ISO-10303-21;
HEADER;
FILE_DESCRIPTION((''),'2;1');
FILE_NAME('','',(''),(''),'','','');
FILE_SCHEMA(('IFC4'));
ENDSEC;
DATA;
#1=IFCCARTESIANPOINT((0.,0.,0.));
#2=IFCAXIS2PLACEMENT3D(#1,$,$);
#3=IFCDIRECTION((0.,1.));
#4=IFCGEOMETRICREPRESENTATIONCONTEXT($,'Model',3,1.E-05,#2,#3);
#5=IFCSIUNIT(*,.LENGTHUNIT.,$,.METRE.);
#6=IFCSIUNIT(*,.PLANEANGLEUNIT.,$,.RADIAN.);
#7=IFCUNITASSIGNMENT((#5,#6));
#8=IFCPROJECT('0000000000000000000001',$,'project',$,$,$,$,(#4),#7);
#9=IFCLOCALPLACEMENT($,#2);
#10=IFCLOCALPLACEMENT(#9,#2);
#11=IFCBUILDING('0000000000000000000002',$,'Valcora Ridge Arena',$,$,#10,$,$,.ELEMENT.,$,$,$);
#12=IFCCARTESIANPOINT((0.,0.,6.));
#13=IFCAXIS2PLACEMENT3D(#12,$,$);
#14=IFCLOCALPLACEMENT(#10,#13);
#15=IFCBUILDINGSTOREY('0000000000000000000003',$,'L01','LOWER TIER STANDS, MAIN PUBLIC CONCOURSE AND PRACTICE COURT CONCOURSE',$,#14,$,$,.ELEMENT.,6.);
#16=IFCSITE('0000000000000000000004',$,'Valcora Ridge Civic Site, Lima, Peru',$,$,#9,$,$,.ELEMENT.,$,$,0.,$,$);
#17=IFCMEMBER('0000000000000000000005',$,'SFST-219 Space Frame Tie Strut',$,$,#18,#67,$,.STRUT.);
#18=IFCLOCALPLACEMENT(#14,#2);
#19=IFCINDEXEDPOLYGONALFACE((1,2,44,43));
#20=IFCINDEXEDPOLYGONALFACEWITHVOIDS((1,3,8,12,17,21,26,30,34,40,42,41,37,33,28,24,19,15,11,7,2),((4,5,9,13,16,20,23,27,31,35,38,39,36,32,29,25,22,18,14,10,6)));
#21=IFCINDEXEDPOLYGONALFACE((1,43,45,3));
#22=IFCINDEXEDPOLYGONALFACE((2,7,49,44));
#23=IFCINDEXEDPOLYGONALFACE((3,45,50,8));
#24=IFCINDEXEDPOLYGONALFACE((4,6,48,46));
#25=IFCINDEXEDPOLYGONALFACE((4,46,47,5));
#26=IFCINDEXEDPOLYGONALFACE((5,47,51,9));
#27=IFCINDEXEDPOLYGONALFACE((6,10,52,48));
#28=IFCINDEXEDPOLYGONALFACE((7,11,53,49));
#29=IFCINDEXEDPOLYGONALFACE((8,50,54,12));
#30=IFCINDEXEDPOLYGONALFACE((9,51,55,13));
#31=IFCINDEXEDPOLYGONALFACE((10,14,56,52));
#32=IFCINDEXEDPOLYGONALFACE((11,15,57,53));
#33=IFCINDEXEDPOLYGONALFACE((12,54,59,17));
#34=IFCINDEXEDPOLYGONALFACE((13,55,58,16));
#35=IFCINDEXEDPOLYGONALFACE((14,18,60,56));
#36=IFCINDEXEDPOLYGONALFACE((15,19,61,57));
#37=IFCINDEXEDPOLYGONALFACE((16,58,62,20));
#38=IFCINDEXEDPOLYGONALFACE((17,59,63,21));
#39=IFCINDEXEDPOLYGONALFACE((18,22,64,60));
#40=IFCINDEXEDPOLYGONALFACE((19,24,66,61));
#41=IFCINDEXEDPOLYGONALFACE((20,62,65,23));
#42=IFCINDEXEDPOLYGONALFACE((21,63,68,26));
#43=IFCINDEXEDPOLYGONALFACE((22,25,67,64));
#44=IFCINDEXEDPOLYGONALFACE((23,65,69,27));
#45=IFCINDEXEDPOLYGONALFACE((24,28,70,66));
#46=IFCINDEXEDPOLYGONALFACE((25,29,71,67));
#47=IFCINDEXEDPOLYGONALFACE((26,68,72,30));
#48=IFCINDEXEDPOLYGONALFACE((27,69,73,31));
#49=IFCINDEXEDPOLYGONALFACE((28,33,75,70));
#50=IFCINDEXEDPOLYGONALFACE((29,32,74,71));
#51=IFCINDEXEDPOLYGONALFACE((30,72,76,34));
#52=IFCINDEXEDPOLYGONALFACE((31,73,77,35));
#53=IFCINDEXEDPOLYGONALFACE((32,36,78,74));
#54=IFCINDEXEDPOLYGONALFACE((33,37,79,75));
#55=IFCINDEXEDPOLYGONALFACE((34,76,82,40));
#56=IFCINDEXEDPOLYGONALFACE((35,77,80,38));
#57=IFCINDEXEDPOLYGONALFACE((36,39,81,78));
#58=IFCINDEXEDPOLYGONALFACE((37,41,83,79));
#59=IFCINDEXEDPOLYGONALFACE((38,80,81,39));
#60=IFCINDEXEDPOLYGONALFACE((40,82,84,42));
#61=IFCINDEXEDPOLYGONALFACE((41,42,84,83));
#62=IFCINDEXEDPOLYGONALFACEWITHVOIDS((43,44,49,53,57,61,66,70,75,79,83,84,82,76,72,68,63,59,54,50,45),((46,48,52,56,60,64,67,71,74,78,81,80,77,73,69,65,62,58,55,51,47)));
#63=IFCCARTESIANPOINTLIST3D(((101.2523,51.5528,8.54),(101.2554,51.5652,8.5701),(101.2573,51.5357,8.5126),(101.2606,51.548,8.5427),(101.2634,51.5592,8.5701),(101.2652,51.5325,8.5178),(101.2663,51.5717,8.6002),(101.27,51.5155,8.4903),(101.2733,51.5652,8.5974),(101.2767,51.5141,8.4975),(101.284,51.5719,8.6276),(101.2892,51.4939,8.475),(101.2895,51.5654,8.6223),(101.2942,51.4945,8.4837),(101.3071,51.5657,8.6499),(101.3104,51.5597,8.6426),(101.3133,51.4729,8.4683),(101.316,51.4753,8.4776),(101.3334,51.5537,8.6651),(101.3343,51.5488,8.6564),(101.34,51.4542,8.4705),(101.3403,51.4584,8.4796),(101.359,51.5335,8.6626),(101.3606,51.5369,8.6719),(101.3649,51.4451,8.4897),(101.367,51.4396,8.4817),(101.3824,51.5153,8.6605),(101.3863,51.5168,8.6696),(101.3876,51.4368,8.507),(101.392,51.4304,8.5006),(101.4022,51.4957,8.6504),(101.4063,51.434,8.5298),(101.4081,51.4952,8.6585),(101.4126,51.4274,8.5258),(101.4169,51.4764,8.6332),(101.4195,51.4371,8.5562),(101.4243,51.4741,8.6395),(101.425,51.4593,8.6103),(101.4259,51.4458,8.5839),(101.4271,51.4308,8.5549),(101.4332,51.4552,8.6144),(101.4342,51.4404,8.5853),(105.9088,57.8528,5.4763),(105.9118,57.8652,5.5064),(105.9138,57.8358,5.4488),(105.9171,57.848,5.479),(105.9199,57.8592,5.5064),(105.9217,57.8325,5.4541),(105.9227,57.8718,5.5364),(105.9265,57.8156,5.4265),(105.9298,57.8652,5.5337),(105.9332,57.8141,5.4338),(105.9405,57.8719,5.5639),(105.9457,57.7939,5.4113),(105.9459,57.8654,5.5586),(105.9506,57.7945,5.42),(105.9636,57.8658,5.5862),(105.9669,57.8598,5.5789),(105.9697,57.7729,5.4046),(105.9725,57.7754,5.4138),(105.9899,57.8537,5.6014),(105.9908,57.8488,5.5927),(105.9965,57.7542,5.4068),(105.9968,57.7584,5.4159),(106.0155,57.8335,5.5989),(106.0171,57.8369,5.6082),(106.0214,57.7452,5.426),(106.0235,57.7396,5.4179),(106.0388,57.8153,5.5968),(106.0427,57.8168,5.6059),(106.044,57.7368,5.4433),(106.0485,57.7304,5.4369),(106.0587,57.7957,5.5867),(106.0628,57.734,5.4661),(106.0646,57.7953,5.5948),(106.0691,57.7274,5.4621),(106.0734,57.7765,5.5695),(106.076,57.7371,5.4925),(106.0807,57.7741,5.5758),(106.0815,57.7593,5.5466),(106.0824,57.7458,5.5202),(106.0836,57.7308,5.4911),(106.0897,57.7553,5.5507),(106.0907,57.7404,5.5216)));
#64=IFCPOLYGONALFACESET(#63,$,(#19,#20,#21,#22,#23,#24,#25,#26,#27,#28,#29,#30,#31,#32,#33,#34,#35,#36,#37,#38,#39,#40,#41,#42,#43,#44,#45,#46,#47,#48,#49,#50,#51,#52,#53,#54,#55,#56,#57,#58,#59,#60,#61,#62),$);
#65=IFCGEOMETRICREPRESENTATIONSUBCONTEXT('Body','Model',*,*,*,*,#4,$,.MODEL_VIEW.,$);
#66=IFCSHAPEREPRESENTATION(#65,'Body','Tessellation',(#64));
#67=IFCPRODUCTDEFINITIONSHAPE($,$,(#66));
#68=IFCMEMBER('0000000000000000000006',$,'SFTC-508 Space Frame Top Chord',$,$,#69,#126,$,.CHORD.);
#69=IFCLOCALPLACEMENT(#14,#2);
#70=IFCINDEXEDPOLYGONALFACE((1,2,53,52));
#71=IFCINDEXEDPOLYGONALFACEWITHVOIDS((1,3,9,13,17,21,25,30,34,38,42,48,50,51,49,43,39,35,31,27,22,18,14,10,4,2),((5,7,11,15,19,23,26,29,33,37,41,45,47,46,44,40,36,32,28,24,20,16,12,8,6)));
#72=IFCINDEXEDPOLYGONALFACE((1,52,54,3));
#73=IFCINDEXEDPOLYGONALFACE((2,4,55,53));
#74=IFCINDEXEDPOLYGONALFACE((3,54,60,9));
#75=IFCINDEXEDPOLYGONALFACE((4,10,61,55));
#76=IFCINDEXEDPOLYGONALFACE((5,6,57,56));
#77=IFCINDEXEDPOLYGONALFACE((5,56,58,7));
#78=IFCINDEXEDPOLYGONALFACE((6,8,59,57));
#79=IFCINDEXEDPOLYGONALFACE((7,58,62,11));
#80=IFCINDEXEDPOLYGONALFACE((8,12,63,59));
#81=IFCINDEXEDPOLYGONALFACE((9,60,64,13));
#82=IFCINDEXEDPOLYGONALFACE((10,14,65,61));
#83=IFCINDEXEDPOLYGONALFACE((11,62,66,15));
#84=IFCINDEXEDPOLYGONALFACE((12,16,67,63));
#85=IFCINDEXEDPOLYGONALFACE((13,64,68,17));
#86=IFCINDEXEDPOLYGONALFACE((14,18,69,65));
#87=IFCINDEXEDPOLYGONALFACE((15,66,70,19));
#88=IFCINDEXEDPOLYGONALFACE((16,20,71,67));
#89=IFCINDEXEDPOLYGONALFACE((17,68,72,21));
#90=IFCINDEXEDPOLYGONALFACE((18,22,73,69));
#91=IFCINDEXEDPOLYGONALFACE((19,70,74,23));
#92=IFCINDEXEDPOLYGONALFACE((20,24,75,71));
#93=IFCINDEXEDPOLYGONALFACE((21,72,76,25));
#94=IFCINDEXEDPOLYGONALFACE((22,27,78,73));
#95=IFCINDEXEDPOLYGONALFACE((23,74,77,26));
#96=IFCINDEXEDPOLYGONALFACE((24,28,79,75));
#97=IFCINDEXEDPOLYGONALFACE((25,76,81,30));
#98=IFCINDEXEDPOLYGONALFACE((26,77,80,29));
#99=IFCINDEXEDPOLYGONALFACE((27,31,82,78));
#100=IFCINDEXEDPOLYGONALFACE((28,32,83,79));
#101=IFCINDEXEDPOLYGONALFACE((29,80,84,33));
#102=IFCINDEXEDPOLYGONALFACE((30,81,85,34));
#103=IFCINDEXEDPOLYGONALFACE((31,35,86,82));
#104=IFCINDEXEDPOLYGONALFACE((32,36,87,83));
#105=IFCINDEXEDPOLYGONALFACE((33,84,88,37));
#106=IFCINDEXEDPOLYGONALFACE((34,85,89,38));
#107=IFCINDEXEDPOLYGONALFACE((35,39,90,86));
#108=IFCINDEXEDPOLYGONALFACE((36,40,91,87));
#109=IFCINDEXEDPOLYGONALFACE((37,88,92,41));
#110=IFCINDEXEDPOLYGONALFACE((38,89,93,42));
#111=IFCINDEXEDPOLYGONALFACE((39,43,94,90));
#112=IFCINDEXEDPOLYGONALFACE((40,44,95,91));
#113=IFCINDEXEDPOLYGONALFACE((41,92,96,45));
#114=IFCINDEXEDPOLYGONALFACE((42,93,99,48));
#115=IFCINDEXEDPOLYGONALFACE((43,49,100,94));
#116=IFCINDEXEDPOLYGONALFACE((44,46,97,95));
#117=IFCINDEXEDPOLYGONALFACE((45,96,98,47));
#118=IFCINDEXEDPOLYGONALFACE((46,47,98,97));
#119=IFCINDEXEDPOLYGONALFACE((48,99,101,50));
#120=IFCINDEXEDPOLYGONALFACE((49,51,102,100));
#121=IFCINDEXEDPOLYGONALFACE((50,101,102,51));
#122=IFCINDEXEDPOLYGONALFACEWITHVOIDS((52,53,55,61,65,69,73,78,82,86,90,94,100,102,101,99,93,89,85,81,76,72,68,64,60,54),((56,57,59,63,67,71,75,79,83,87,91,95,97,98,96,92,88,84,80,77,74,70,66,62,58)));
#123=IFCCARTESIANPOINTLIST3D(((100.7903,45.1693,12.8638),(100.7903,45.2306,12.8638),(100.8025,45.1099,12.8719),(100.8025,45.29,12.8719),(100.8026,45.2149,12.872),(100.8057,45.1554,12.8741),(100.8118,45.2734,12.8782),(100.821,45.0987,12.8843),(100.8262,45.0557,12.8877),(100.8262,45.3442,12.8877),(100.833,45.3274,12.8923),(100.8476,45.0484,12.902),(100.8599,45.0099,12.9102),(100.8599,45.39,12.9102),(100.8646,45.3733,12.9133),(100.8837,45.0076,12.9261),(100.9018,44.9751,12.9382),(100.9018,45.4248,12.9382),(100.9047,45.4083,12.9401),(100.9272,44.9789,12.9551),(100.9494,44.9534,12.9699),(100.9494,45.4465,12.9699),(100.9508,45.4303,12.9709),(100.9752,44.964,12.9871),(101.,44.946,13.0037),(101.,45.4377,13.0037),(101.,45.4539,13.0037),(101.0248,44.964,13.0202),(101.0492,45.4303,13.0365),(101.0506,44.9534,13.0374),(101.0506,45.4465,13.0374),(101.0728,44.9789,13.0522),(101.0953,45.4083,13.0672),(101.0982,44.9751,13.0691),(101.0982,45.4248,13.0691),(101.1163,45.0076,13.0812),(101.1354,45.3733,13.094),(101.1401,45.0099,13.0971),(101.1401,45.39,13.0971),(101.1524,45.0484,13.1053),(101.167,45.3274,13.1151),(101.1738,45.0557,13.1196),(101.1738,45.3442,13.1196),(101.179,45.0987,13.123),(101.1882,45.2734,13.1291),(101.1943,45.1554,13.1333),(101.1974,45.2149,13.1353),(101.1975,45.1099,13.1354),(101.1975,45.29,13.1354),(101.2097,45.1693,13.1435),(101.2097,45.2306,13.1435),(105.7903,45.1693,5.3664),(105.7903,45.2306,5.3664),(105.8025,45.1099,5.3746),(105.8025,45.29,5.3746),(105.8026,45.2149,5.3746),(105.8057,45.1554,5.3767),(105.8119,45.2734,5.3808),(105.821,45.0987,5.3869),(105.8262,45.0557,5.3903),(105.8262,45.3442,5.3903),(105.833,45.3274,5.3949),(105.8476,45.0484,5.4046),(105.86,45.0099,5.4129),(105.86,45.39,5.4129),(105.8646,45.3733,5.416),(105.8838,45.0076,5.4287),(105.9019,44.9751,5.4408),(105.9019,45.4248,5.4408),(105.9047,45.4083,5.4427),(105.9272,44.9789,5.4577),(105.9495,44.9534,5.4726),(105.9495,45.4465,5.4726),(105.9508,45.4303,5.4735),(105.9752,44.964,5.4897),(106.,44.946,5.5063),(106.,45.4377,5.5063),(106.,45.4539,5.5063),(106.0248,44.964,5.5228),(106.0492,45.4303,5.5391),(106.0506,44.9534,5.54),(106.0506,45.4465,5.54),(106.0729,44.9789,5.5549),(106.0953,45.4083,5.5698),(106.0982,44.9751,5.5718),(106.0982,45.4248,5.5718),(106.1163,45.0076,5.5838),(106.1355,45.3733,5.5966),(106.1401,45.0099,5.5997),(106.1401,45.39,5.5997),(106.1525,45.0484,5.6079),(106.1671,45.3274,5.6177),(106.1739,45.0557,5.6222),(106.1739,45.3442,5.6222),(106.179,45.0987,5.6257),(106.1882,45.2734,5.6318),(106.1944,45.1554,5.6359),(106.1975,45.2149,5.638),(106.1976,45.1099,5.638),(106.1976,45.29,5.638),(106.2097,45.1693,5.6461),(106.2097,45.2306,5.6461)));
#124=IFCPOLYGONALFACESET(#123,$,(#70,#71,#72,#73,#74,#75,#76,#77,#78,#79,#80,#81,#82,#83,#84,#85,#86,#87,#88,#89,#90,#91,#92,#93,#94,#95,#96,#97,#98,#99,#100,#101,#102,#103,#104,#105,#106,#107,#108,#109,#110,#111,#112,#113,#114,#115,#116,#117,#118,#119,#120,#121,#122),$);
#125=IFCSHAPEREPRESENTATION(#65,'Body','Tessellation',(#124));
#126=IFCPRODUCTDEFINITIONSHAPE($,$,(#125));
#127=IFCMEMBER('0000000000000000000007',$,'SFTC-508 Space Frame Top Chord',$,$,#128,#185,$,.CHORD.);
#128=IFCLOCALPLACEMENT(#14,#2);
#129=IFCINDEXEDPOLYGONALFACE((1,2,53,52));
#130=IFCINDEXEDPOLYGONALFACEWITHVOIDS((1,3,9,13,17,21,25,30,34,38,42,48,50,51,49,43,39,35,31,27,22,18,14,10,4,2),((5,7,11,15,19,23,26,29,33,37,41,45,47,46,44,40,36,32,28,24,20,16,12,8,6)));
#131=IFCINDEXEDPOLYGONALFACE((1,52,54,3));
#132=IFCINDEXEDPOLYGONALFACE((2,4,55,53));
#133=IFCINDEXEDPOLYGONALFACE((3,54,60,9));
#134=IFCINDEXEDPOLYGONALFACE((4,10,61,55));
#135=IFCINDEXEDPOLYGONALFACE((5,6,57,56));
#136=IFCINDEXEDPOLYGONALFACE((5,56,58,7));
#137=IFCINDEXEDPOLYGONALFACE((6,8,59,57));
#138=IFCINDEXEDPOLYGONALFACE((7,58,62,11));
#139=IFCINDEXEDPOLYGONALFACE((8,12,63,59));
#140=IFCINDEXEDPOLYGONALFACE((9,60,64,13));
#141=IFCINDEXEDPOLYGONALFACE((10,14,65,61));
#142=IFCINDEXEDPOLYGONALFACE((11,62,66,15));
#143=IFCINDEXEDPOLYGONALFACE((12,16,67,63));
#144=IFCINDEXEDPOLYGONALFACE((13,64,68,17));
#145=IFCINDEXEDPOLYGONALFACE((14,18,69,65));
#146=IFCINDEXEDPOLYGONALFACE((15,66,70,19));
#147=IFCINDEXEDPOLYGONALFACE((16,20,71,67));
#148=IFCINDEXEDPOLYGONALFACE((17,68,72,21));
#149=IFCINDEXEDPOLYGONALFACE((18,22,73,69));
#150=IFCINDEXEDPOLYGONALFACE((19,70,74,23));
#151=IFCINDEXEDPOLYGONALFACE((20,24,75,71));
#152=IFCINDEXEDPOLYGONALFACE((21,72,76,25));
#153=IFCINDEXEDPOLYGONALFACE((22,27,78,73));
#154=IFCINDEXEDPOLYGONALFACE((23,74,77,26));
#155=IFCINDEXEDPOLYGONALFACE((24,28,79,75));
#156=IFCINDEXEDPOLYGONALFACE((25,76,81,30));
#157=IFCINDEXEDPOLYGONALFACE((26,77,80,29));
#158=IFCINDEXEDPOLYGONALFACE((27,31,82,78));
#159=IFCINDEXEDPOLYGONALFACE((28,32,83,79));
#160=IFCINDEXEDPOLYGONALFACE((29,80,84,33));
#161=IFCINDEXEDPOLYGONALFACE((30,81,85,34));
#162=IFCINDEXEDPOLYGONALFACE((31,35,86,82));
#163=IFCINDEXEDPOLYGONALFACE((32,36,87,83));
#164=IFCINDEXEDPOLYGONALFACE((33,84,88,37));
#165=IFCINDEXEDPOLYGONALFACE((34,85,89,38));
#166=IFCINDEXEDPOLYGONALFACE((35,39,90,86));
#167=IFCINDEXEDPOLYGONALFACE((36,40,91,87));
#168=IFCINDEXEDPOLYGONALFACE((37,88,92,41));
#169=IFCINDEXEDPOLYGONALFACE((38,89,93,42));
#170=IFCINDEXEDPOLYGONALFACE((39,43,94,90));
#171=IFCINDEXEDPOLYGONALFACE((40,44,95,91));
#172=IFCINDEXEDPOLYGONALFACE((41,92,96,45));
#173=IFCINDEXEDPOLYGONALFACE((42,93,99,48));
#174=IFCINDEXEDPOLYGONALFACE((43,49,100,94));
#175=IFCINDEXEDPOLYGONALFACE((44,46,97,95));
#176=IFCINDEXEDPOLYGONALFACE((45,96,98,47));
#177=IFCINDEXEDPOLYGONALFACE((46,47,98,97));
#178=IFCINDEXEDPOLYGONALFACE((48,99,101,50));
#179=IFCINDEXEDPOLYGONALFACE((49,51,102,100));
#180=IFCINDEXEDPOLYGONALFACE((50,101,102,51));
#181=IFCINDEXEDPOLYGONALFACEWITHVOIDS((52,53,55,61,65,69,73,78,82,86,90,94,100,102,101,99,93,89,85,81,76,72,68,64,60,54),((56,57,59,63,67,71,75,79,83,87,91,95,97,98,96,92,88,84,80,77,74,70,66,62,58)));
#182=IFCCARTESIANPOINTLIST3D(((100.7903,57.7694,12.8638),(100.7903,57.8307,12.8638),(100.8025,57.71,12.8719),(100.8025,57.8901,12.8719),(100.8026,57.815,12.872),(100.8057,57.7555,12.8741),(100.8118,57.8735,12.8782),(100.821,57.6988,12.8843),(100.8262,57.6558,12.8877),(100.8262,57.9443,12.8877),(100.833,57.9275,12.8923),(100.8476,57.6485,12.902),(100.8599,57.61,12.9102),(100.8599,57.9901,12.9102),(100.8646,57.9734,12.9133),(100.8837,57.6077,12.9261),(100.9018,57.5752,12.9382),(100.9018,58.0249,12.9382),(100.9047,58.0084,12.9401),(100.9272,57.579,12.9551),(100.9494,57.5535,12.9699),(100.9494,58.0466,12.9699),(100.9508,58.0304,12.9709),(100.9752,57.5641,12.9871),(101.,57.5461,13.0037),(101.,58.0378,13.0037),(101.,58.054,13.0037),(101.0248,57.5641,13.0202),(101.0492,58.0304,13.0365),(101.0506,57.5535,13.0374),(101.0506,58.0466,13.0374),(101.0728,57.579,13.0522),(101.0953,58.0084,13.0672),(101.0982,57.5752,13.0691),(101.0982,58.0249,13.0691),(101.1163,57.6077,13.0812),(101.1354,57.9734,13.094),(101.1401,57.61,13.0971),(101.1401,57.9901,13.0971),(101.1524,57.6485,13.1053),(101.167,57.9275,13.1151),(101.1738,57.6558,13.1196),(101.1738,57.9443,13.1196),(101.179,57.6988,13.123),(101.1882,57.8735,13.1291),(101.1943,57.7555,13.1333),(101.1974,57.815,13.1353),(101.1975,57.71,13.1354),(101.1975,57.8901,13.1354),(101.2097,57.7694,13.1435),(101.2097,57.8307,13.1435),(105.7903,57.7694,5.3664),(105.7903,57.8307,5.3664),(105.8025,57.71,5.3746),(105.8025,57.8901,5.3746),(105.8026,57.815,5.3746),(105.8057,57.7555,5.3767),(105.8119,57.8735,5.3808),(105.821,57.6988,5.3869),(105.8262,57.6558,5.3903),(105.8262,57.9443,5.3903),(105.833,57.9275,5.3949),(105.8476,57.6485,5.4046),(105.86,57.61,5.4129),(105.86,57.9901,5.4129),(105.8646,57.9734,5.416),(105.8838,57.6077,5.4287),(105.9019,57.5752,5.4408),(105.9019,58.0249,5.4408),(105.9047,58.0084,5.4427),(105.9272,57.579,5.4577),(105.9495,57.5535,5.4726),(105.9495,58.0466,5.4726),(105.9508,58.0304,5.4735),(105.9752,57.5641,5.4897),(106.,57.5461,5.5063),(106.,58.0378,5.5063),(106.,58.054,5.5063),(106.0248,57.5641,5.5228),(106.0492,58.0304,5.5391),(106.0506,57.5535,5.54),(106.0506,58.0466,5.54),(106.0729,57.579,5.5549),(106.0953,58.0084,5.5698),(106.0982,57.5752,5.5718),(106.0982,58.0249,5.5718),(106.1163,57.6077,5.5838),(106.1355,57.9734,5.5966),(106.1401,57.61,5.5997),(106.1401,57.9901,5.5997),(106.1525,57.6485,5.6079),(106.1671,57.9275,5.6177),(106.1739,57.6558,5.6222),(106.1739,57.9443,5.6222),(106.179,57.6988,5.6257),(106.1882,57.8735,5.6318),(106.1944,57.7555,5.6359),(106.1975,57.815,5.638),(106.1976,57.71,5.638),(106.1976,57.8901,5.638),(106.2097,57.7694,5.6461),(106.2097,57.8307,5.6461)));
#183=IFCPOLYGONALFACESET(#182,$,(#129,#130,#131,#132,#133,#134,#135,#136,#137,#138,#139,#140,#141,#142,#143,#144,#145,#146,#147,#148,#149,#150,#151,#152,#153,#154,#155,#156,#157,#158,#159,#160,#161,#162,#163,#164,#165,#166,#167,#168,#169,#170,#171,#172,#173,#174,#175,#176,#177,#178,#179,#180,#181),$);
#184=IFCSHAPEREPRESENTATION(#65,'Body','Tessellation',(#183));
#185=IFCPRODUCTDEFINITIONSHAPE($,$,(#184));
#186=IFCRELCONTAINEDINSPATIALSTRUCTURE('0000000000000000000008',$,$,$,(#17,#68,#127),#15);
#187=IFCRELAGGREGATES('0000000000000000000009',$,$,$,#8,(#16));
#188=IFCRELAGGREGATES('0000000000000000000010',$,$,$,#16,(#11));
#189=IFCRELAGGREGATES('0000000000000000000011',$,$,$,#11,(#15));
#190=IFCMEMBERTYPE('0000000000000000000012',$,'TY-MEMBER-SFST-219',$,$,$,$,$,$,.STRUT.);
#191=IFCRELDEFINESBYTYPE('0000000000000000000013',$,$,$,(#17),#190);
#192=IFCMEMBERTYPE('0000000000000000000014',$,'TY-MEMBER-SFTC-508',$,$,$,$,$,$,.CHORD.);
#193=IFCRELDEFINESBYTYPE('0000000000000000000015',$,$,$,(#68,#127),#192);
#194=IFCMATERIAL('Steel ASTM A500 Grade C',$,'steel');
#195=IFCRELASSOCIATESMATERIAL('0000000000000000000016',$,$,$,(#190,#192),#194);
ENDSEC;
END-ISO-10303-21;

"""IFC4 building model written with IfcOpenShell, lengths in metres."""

from ifc_helpers import new_model, si_unit, direction, frame, origin, origin_2d, place, context, subcontext, project, spatial, hollow_circle, extrude, material, material_profile, profile_set, type_object, element, save


model = new_model("IFC4")

# Units and contexts
model_context = context("Model", 3, precision=1e-05, world=origin(), true_north=direction((0.0, 1.0)))
body_context = subcontext(model_context, "Body", "Model", "MODEL_VIEW")
ifc_project = project(units=[si_unit("LENGTHUNIT", "METRE"), si_unit("PLANEANGLEUNIT", "RADIAN")], contexts=[model_context])

# Site, building, storey
site_placement = place(None, origin())
site = spatial("IfcSite", under=ifc_project, at=site_placement, Name="Valcora Ridge Civic Site, Lima, Peru", CompositionType="ELEMENT", RefElevation=0.0)
building_placement = place(site_placement, origin())
building = spatial("IfcBuilding", under=site, at=building_placement, Name="Valcora Ridge Arena", CompositionType="ELEMENT")
storey_placement = place(building_placement, frame((0.0, 0.0, 6.0)))
storey = spatial("IfcBuildingStorey", under=building, at=storey_placement, Name="L01", Description="LOWER TIER STANDS, MAIN PUBLIC CONCOURSE AND PRACTICE COURT CONCOURSE", CompositionType="ELEMENT", Elevation=6.0)

# Members
ifc_material_1 = material(Name="Steel ASTM A500 Grade C", Category="steel")
ifc_material_profile_1 = material_profile(ifc_material_1, hollow_circle(Radius=0.1096, WallThickness=0.01, at=origin_2d()), Name="CHS219X10")
ifc_profile_set_1 = profile_set([ifc_material_profile_1], Name="Steel ASTM A500 Grade C")
member_type_1 = type_object("IfcMemberType", Name="TY-MEMBER-SFST-219", PredefinedType="STRUT", material=ifc_profile_set_1)
member_1_placement = place(storey_placement, frame((101.3435, 51.5, 8.5701), z_axis=(0.553561, 0.748945, -0.364213), x_axis=(-0.80418, 0.594386, 0.0)))
element("IfcMember", 1, at=member_1_placement, inside=storey, type_object=member_type_1, Name="SFST-219 Space Frame Tie Strut", PredefinedType="STRUT", context=body_context, shape_type="SweptSolid", body=[
    extrude(hollow_circle(Radius=0.1096, WallThickness=0.01, at=origin_2d()), origin(), (0.0, 0.0, 1.0), 8.4119),
])
ifc_material_profile_2 = material_profile(ifc_material_1, hollow_circle(Radius=0.2539, WallThickness=0.0161, at=origin_2d()), Name="CHS508X16")
ifc_profile_set_2 = profile_set([ifc_material_profile_2], Name="Steel ASTM A500 Grade C")
member_type_2 = type_object("IfcMemberType", Name="TY-MEMBER-SFTC-508", PredefinedType="CHORD", material=ifc_profile_set_2)
for number, where, z_axis, x_axis, name in (
    (2, (101.0, 45.2, 13.0037), (0.554838, 0.0, -0.831959), (0.0, 1.0, 0.0), "SFTC-508 Space Frame Top Chord"),
    (3, (101.0, 57.8, 13.0037), (0.554838, 0.0, -0.831959), (0.0, 1.0, 0.0), "SFTC-508 Space Frame Top Chord"),
):
    element("IfcMember", number, at=place(storey_placement, frame(where, z_axis=z_axis, x_axis=x_axis)), inside=storey, type_object=member_type_2, Name=name, PredefinedType="CHORD", context=body_context, shape_type="SweptSolid", body=[
        extrude(hollow_circle(Radius=0.2539, WallThickness=0.0161, at=origin_2d()), origin(), (0.0, 0.0, 1.0), 9.0117),
    ])

save(model, "model.ifc")
